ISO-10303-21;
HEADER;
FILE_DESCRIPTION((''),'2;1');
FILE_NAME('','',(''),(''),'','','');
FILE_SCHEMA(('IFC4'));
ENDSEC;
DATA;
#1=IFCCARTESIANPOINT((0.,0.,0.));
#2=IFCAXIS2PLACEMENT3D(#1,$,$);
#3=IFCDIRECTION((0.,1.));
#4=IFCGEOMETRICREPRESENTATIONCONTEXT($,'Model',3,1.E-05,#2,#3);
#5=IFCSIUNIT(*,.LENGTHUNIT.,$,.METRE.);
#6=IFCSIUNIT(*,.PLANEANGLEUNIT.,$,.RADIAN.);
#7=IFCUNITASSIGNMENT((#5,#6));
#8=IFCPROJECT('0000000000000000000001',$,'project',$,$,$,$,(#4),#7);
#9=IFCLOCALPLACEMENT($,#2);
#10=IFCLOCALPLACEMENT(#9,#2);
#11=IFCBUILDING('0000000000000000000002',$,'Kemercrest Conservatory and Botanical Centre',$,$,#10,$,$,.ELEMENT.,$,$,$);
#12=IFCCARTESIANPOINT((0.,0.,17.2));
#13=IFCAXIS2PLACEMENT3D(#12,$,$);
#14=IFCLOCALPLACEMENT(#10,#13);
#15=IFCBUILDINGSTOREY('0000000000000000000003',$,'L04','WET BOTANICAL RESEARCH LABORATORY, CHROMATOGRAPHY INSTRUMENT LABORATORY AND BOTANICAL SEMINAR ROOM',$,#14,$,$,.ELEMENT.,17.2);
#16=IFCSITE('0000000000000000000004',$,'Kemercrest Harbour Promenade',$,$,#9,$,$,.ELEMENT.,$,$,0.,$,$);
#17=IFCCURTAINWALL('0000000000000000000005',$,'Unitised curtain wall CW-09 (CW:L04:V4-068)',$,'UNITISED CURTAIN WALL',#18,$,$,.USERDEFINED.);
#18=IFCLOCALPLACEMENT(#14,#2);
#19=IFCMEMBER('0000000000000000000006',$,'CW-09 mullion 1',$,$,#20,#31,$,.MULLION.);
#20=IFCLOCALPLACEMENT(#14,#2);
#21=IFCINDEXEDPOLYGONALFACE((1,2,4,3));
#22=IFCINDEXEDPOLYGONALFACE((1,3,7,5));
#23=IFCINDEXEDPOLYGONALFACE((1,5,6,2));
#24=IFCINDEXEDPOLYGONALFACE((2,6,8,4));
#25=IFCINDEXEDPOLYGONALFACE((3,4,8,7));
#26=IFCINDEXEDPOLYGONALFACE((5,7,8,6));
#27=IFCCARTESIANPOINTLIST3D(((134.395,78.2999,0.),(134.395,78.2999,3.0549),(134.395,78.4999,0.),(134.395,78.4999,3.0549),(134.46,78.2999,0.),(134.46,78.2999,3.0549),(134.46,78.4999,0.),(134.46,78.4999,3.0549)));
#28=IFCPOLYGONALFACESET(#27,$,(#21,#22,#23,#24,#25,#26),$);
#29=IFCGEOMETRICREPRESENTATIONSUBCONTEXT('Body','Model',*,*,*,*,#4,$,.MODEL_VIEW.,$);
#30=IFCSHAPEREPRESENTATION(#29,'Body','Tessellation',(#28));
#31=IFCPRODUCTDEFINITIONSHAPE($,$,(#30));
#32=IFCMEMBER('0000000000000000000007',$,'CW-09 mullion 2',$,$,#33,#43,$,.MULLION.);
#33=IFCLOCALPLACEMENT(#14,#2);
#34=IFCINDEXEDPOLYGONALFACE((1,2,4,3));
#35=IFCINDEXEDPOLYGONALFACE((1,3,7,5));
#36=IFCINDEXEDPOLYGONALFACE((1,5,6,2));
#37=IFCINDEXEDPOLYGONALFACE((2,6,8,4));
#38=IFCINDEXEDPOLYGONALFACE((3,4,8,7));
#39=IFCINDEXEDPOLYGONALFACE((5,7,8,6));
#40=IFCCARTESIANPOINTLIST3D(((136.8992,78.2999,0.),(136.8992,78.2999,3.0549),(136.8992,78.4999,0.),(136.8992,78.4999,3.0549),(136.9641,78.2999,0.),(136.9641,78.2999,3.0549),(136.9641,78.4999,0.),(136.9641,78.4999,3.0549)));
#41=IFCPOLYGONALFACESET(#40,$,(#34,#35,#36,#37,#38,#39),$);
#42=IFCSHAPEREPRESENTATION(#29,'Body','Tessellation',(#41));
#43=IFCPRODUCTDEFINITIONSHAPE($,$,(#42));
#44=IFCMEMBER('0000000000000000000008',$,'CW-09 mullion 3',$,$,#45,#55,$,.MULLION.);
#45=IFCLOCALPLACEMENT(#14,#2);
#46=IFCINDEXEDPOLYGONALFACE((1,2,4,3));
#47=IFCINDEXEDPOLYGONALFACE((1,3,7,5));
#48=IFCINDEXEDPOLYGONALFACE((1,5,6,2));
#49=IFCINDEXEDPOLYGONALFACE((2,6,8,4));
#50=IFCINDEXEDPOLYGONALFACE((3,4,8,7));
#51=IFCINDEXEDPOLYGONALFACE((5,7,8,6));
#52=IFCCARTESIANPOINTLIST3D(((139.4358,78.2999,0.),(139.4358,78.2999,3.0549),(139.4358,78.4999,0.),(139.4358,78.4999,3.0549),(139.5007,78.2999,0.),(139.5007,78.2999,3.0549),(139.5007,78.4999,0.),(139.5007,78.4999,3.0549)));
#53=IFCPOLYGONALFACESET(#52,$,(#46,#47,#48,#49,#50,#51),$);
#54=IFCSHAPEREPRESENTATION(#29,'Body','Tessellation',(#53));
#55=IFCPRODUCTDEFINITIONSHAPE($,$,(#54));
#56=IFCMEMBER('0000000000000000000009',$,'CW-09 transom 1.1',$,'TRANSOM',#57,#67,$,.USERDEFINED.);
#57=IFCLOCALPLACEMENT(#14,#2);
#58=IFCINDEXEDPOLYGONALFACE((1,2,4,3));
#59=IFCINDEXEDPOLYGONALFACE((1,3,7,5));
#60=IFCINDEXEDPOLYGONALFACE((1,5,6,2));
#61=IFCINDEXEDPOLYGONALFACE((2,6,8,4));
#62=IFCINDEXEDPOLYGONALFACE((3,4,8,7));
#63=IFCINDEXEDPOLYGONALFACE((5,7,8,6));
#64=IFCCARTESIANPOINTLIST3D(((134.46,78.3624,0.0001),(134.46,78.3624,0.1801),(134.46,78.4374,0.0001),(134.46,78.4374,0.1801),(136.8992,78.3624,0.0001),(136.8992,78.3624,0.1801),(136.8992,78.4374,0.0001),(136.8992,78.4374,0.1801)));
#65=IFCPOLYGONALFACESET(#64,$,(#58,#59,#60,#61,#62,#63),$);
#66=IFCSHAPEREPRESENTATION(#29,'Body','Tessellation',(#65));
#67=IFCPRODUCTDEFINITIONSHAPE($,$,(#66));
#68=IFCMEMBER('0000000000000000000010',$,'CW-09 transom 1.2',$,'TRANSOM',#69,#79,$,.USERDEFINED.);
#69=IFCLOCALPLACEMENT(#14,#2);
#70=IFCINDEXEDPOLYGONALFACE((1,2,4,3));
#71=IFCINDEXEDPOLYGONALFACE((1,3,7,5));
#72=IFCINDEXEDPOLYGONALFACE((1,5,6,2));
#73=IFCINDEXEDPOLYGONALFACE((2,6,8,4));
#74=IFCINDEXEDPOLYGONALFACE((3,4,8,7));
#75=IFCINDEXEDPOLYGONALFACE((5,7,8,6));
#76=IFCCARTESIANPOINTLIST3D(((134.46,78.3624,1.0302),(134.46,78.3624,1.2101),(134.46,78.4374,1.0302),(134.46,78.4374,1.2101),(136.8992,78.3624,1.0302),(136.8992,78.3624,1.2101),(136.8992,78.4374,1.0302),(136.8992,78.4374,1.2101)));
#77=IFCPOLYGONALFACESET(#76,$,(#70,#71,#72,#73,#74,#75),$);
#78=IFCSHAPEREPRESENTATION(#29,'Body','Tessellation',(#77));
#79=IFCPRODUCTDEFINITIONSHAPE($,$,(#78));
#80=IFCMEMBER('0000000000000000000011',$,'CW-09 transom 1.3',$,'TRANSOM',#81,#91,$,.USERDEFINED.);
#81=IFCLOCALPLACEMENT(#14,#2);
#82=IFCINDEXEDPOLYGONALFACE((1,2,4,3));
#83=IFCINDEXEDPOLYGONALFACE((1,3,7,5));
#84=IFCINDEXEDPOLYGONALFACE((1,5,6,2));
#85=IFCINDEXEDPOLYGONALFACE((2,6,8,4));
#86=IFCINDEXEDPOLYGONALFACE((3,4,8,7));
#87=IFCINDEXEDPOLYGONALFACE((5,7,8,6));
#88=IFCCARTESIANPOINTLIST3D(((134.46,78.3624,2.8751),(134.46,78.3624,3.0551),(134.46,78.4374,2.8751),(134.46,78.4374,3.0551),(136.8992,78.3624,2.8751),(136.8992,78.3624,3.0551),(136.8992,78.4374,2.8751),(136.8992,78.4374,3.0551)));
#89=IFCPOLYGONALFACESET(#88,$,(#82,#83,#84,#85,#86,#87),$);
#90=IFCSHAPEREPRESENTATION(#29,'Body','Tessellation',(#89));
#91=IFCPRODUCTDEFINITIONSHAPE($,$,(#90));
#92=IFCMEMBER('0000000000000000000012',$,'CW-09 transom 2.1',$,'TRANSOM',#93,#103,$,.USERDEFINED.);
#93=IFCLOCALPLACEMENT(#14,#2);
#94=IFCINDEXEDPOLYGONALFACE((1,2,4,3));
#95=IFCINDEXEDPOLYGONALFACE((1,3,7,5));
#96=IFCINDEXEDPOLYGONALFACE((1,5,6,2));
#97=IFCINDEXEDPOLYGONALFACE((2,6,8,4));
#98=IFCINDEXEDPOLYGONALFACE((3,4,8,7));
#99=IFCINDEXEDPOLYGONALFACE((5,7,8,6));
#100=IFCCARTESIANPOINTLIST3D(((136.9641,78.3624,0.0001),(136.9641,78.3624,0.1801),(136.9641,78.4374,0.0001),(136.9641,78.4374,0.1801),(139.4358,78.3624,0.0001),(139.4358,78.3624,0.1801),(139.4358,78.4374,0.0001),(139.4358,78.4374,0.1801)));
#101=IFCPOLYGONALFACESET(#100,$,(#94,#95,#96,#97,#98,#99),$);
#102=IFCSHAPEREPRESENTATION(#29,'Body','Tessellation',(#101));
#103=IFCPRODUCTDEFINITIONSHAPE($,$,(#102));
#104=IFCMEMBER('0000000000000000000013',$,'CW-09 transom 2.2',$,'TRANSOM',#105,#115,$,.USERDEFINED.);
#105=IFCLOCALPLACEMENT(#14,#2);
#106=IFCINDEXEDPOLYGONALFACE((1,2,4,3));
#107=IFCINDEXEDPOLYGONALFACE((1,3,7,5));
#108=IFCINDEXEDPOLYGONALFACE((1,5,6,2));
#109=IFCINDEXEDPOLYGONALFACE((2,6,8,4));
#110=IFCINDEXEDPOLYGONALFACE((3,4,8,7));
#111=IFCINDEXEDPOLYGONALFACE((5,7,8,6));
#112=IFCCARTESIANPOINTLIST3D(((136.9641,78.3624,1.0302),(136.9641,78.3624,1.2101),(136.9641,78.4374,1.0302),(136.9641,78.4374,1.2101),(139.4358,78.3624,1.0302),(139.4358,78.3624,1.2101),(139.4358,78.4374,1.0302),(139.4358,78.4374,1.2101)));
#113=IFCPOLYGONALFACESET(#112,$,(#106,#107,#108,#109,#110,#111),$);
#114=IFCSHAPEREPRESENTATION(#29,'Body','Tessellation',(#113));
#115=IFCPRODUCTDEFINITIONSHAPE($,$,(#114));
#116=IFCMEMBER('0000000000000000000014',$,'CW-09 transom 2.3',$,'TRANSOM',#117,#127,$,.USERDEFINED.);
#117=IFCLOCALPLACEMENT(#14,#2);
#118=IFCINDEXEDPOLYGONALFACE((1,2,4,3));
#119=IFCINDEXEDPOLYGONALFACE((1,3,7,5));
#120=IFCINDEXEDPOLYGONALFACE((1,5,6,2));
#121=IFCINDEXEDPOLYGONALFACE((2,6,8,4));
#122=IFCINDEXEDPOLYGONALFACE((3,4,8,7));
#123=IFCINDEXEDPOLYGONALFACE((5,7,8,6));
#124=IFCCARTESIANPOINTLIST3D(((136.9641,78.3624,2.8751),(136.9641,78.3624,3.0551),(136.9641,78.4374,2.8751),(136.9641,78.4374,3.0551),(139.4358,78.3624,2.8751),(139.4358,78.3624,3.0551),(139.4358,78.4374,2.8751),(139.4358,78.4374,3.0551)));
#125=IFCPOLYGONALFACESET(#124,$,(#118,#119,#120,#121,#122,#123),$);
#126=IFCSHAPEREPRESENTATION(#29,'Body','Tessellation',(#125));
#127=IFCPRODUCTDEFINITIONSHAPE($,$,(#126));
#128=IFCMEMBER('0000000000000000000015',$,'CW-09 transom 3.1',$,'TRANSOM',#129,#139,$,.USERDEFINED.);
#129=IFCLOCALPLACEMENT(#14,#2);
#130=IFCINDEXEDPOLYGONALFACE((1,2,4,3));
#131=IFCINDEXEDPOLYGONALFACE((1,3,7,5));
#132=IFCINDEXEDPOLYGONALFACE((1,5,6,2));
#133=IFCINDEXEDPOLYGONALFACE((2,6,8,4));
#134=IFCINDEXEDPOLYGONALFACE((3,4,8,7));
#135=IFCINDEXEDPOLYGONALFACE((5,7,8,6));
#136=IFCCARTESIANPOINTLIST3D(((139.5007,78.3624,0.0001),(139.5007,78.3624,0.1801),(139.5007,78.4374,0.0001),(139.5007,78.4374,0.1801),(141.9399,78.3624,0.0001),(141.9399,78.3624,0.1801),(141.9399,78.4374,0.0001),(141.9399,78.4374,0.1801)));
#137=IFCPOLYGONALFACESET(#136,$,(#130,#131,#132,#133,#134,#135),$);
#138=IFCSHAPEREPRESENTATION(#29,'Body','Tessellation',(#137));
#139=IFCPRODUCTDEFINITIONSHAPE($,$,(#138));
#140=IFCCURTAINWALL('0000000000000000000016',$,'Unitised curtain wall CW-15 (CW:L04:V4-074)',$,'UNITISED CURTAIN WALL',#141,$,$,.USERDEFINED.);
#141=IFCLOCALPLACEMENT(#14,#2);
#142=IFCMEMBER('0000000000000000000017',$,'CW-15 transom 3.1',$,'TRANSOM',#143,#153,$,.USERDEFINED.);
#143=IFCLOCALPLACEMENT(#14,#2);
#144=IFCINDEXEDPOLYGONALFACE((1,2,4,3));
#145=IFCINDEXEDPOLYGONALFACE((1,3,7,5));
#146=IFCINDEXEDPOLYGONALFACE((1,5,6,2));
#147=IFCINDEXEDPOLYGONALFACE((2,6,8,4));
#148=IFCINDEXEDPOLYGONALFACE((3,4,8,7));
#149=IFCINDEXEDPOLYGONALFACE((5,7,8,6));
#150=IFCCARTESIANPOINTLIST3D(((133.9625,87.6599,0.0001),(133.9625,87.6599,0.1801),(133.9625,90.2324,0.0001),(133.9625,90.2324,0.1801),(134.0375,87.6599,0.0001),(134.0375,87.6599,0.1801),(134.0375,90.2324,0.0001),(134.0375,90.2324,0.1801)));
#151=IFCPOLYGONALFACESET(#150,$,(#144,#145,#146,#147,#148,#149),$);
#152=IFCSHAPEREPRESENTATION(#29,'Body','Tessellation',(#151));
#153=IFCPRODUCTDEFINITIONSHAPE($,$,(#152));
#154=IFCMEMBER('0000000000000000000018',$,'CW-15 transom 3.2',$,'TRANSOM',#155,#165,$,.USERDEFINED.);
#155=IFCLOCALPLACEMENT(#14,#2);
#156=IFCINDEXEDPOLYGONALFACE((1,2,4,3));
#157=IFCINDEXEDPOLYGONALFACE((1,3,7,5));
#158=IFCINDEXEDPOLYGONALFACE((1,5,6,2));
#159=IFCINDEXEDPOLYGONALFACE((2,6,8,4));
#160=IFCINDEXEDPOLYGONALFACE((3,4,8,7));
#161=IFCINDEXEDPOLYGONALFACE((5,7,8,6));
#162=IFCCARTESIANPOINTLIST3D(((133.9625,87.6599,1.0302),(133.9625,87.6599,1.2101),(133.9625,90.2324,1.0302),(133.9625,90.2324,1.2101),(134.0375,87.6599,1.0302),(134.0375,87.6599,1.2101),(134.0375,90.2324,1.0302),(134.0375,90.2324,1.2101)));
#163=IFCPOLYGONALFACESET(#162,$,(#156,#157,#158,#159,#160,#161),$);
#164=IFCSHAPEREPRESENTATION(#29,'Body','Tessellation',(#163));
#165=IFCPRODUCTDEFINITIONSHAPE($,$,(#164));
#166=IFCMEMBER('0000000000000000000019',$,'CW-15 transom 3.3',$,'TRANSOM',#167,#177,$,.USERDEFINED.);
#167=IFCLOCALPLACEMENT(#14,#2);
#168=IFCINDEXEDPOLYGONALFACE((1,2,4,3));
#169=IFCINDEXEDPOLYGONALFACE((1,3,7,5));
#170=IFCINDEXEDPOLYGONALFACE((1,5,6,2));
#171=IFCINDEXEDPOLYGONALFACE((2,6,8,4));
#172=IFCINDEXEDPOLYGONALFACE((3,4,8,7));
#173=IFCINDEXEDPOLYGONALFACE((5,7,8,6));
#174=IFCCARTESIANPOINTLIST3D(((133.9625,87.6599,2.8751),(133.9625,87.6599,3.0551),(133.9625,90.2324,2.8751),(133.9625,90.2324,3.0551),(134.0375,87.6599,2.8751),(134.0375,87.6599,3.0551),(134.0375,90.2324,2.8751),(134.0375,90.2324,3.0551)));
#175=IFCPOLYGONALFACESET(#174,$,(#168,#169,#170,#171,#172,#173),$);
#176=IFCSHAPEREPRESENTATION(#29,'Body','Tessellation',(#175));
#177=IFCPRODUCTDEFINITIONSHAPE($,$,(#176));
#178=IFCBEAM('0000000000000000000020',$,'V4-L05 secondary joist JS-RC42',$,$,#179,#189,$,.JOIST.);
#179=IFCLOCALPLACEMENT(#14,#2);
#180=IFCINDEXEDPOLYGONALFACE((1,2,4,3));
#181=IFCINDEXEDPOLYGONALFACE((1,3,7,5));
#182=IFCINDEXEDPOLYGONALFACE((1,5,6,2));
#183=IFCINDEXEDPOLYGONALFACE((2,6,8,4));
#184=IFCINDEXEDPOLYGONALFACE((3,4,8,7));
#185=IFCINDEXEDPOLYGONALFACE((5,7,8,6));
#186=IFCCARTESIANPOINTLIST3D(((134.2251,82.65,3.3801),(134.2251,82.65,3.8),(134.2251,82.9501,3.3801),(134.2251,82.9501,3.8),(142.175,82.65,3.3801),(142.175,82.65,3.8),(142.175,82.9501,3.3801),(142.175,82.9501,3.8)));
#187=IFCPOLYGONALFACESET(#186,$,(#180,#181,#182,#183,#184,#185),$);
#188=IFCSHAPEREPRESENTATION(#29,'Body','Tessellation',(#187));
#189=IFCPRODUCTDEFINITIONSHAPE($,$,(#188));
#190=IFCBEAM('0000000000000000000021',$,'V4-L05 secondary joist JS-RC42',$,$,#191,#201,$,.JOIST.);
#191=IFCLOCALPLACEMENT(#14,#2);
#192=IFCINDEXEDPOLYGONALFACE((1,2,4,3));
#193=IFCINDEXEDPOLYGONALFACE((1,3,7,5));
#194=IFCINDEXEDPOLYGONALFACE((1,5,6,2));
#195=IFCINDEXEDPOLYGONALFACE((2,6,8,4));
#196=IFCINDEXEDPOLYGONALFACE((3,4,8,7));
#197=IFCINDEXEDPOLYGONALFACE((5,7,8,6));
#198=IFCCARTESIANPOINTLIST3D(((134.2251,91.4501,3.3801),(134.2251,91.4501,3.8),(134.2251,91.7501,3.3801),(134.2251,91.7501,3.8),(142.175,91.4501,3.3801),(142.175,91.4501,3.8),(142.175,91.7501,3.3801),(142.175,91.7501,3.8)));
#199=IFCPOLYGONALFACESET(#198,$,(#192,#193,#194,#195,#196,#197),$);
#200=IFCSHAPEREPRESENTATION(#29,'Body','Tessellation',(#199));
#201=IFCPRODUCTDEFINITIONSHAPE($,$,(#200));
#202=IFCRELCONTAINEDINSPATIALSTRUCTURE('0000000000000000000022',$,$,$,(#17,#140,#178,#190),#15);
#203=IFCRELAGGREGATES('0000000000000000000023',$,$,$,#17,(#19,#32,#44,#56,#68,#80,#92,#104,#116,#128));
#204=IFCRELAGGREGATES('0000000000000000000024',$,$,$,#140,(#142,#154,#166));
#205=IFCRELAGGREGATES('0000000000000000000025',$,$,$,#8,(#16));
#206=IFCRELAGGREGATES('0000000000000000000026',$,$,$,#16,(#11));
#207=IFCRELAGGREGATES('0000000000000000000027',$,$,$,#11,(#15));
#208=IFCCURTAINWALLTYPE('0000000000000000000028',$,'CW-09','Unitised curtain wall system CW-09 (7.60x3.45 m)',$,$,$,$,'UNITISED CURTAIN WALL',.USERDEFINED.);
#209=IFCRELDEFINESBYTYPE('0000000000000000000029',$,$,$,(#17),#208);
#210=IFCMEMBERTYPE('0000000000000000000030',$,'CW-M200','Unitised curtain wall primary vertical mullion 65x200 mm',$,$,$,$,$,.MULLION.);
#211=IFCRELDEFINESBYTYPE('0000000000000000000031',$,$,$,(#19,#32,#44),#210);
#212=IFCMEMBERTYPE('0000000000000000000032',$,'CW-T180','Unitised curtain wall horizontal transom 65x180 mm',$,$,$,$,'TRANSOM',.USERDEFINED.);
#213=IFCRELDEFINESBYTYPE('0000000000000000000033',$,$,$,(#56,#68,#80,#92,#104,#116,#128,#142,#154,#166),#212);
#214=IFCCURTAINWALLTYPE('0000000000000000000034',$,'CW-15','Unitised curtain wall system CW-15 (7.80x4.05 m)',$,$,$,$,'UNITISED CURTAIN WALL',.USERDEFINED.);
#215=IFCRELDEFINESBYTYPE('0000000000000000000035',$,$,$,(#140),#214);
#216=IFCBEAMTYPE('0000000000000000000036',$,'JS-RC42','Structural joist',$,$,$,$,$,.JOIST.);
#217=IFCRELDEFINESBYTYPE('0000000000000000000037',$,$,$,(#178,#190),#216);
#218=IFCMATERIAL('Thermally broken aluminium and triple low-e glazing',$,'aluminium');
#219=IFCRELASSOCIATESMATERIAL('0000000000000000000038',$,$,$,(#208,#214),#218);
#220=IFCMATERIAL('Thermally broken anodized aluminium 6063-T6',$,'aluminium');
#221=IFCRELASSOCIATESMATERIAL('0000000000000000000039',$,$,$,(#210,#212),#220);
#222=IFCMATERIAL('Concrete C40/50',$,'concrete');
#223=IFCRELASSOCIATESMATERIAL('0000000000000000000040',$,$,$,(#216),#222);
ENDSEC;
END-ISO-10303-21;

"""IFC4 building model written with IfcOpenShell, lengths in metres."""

from ifc_helpers import new_model, si_unit, direction, frame, origin, origin_2d, place, context, subcontext, project, spatial, rectangle, extrude, material, material_profile, profile_set, type_object, element, aggregate, save


model = new_model("IFC4")

# Units and contexts
model_context = context("Model", 3, precision=1e-05, world=origin(), true_north=direction((0.0, 1.0)))
body_context = subcontext(model_context, "Body", "Model", "MODEL_VIEW")
ifc_project = project(units=[si_unit("LENGTHUNIT", "METRE"), si_unit("PLANEANGLEUNIT", "RADIAN")], contexts=[model_context])

# Site, building, storey
site_placement = place(None, origin())
site = spatial("IfcSite", under=ifc_project, at=site_placement, Name="Kemercrest Harbour Promenade", CompositionType="ELEMENT", RefElevation=0.0)
building_placement = place(site_placement, origin())
building = spatial("IfcBuilding", under=site, at=building_placement, Name="Kemercrest Conservatory and Botanical Centre", CompositionType="ELEMENT")
storey_placement = place(building_placement, frame((0.0, 0.0, 17.2)))
storey = spatial("IfcBuildingStorey", under=building, at=storey_placement, Name="L04", Description="WET BOTANICAL RESEARCH LABORATORY, CHROMATOGRAPHY INSTRUMENT LABORATORY AND BOTANICAL SEMINAR ROOM", CompositionType="ELEMENT", Elevation=17.2)

# Curtain walls, members
ifc_material_1 = material(Name="Thermally broken aluminium and triple low-e glazing", Category="aluminium")
curtain_wall_type_1 = type_object("IfcCurtainWallType", Name="CW-09", Description="Unitised curtain wall system CW-09 (7.60x3.45 m)", ElementType="UNITISED CURTAIN WALL", PredefinedType="USERDEFINED", material=ifc_material_1)
curtain_wall_1_placement = place(storey_placement, origin())
curtain_wall_1 = element("IfcCurtainWall", 1, at=curtain_wall_1_placement, inside=storey, type_object=curtain_wall_type_1, Name="Unitised curtain wall CW-09 (CW:L04:V4-068)", ObjectType="UNITISED CURTAIN WALL", PredefinedType="USERDEFINED")
ifc_material_2 = material(Name="Thermally broken anodized aluminium 6063-T6", Category="aluminium")
ifc_material_profile_1 = material_profile(ifc_material_2, rectangle(XDim=0.2, YDim=0.0649, at=origin_2d()), Name="AL MULLION 65x200")
ifc_profile_set_1 = profile_set([ifc_material_profile_1], Name="Thermally broken anodized aluminium 6063-T6")
member_type_1 = type_object("IfcMemberType", Name="CW-M200", Description="Unitised curtain wall primary vertical mullion 65x200 mm", PredefinedType="MULLION", material=ifc_profile_set_1)
member_1_placement = place(storey_placement, frame((134.4275, 78.3999, 0.0), z_axis=(0.0, 0.0, 1.0), x_axis=(0.0, 1.0, 0.0)))
member_1 = element("IfcMember", 2, at=member_1_placement, type_object=member_type_1, Name="CW-09 mullion 1", PredefinedType="MULLION", context=body_context, shape_type="SweptSolid", body=[
    extrude(rectangle(XDim=0.2, YDim=0.0649, at=origin_2d()), origin(), (0.0, 0.0, 1.0), 3.0549),
])
member_2_placement = place(storey_placement, frame((136.9316, 78.3999, 0.0), z_axis=(0.0, 0.0, 1.0), x_axis=(0.0, 1.0, 0.0)))
member_2 = element("IfcMember", 3, at=member_2_placement, type_object=member_type_1, Name="CW-09 mullion 2", PredefinedType="MULLION", context=body_context, shape_type="SweptSolid", body=[
    extrude(rectangle(XDim=0.2, YDim=0.0649, at=origin_2d()), origin(), (0.0, 0.0, 1.0), 3.0549),
])
member_3_placement = place(storey_placement, frame((139.4683, 78.3999, 0.0), z_axis=(0.0, 0.0, 1.0), x_axis=(0.0, 1.0, 0.0)))
member_3 = element("IfcMember", 4, at=member_3_placement, type_object=member_type_1, Name="CW-09 mullion 3", PredefinedType="MULLION", context=body_context, shape_type="SweptSolid", body=[
    extrude(rectangle(XDim=0.2, YDim=0.0649, at=origin_2d()), origin(), (0.0, 0.0, 1.0), 3.0549),
])
ifc_material_profile_2 = material_profile(ifc_material_2, rectangle(XDim=0.075, YDim=0.1799, at=origin_2d()), Name="AL TRANSOM 75x180")
ifc_profile_set_2 = profile_set([ifc_material_profile_2], Name="Thermally broken anodized aluminium 6063-T6")
member_type_2 = type_object("IfcMemberType", Name="CW-T180", Description="Unitised curtain wall horizontal transom 65x180 mm", ElementType="TRANSOM", PredefinedType="USERDEFINED", material=ifc_profile_set_2)
member_4_placement = place(storey_placement, frame((134.46, 78.3999, 0.0901), z_axis=(1.0, 0.0, 0.0), x_axis=(0.0, 1.0, 0.0)))
member_4 = element("IfcMember", 5, at=member_4_placement, type_object=member_type_2, Name="CW-09 transom 1.1", ObjectType="TRANSOM", PredefinedType="USERDEFINED", context=body_context, shape_type="SweptSolid", body=[
    extrude(rectangle(XDim=0.075, YDim=0.1799, at=origin_2d()), origin(), (0.0, 0.0, 1.0), 2.4392),
])
member_5_placement = place(storey_placement, frame((134.46, 78.3999, 1.1201), z_axis=(1.0, 0.0, 0.0), x_axis=(0.0, 1.0, 0.0)))
member_5 = element("IfcMember", 6, at=member_5_placement, type_object=member_type_2, Name="CW-09 transom 1.2", ObjectType="TRANSOM", PredefinedType="USERDEFINED", context=body_context, shape_type="SweptSolid", body=[
    extrude(rectangle(XDim=0.075, YDim=0.1799, at=origin_2d()), origin(), (0.0, 0.0, 1.0), 2.4392),
])
member_6_placement = place(storey_placement, frame((134.46, 78.3999, 2.9651), z_axis=(1.0, 0.0, 0.0), x_axis=(0.0, 1.0, 0.0)))
member_6 = element("IfcMember", 7, at=member_6_placement, type_object=member_type_2, Name="CW-09 transom 1.3", ObjectType="TRANSOM", PredefinedType="USERDEFINED", context=body_context, shape_type="SweptSolid", body=[
    extrude(rectangle(XDim=0.075, YDim=0.1799, at=origin_2d()), origin(), (0.0, 0.0, 1.0), 2.4392),
])
member_7_placement = place(storey_placement, frame((136.9641, 78.3999, 0.0901), z_axis=(1.0, 0.0, 0.0), x_axis=(0.0, 1.0, 0.0)))
member_7 = element("IfcMember", 8, at=member_7_placement, type_object=member_type_2, Name="CW-09 transom 2.1", ObjectType="TRANSOM", PredefinedType="USERDEFINED", context=body_context, shape_type="SweptSolid", body=[
    extrude(rectangle(XDim=0.075, YDim=0.1799, at=origin_2d()), origin(), (0.0, 0.0, 1.0), 2.4717),
])
member_8_placement = place(storey_placement, frame((136.9641, 78.3999, 1.1201), z_axis=(1.0, 0.0, 0.0), x_axis=(0.0, 1.0, 0.0)))
member_8 = element("IfcMember", 9, at=member_8_placement, type_object=member_type_2, Name="CW-09 transom 2.2", ObjectType="TRANSOM", PredefinedType="USERDEFINED", context=body_context, shape_type="SweptSolid", body=[
    extrude(rectangle(XDim=0.075, YDim=0.1799, at=origin_2d()), origin(), (0.0, 0.0, 1.0), 2.4717),
])
member_9_placement = place(storey_placement, frame((136.9641, 78.3999, 2.9651), z_axis=(1.0, 0.0, 0.0), x_axis=(0.0, 1.0, 0.0)))
member_9 = element("IfcMember", 10, at=member_9_placement, type_object=member_type_2, Name="CW-09 transom 2.3", ObjectType="TRANSOM", PredefinedType="USERDEFINED", context=body_context, shape_type="SweptSolid", body=[
    extrude(rectangle(XDim=0.075, YDim=0.1799, at=origin_2d()), origin(), (0.0, 0.0, 1.0), 2.4717),
])
member_10_placement = place(storey_placement, frame((139.5007, 78.3999, 0.0901), z_axis=(1.0, 0.0, 0.0), x_axis=(0.0, 1.0, 0.0)))
member_10 = element("IfcMember", 11, at=member_10_placement, type_object=member_type_2, Name="CW-09 transom 3.1", ObjectType="TRANSOM", PredefinedType="USERDEFINED", context=body_context, shape_type="SweptSolid", body=[
    extrude(rectangle(XDim=0.075, YDim=0.1799, at=origin_2d()), origin(), (0.0, 0.0, 1.0), 2.4392),
])
curtain_wall_type_2 = type_object("IfcCurtainWallType", Name="CW-15", Description="Unitised curtain wall system CW-15 (7.80x4.05 m)", ElementType="UNITISED CURTAIN WALL", PredefinedType="USERDEFINED", material=ifc_material_1)
curtain_wall_2_placement = place(storey_placement, origin())
curtain_wall_2 = element("IfcCurtainWall", 12, at=curtain_wall_2_placement, inside=storey, type_object=curtain_wall_type_2, Name="Unitised curtain wall CW-15 (CW:L04:V4-074)", ObjectType="UNITISED CURTAIN WALL", PredefinedType="USERDEFINED")
member_11_placement = place(storey_placement, frame((134.0, 90.2324, 0.0901), z_axis=(0.0, -1.0, 0.0), x_axis=(1.0, 0.0, 0.0)))
member_11 = element("IfcMember", 13, at=member_11_placement, type_object=member_type_2, Name="CW-15 transom 3.1", ObjectType="TRANSOM", PredefinedType="USERDEFINED", context=body_context, shape_type="SweptSolid", body=[
    extrude(rectangle(XDim=0.075, YDim=0.1799, at=origin_2d()), origin(), (0.0, 0.0, 1.0), 2.5725),
])
member_12_placement = place(storey_placement, frame((134.0, 90.2324, 1.1201), z_axis=(0.0, -1.0, 0.0), x_axis=(1.0, 0.0, 0.0)))
member_12 = element("IfcMember", 14, at=member_12_placement, type_object=member_type_2, Name="CW-15 transom 3.2", ObjectType="TRANSOM", PredefinedType="USERDEFINED", context=body_context, shape_type="SweptSolid", body=[
    extrude(rectangle(XDim=0.075, YDim=0.1799, at=origin_2d()), origin(), (0.0, 0.0, 1.0), 2.5725),
])
member_13_placement = place(storey_placement, frame((134.0, 90.2324, 2.9651), z_axis=(0.0, -1.0, 0.0), x_axis=(1.0, 0.0, 0.0)))
member_13 = element("IfcMember", 15, at=member_13_placement, type_object=member_type_2, Name="CW-15 transom 3.3", ObjectType="TRANSOM", PredefinedType="USERDEFINED", context=body_context, shape_type="SweptSolid", body=[
    extrude(rectangle(XDim=0.075, YDim=0.1799, at=origin_2d()), origin(), (0.0, 0.0, 1.0), 2.5725),
])

# Beams
ifc_material_3 = material(Name="Concrete C40/50", Category="concrete")
ifc_material_profile_3 = material_profile(ifc_material_3, rectangle(XDim=0.3, YDim=0.4199, at=origin_2d()), Name="RC 300x420")
ifc_profile_set_3 = profile_set([ifc_material_profile_3], Name="Concrete C40/50")
beam_type = type_object("IfcBeamType", Name="JS-RC42", Description="Structural joist", PredefinedType="JOIST", material=ifc_profile_set_3)
for number, where, z_axis, x_axis, name in (
    (16, (134.2251, 82.8, 3.5901), (1.0, 0.0, 0.0), (0.0, 1.0, 0.0), "V4-L05 secondary joist JS-RC42"),
    (17, (134.2251, 91.6001, 3.5901), (1.0, 0.0, 0.0), (0.0, 1.0, 0.0), "V4-L05 secondary joist JS-RC42"),
):
    element("IfcBeam", number, at=place(storey_placement, frame(where, z_axis=z_axis, x_axis=x_axis)), inside=storey, type_object=beam_type, Name=name, PredefinedType="JOIST", context=body_context, shape_type="SweptSolid", body=[
        extrude(rectangle(XDim=0.3, YDim=0.4199, at=origin_2d()), origin(), (0.0, 0.0, 1.0), 7.95),
    ])

aggregate(curtain_wall_1, [member_1, member_2, member_3, member_4, member_5, member_6, member_7, member_8, member_9, member_10])
aggregate(curtain_wall_2, [member_11, member_12, member_13])

save(model, "model.ifc")
